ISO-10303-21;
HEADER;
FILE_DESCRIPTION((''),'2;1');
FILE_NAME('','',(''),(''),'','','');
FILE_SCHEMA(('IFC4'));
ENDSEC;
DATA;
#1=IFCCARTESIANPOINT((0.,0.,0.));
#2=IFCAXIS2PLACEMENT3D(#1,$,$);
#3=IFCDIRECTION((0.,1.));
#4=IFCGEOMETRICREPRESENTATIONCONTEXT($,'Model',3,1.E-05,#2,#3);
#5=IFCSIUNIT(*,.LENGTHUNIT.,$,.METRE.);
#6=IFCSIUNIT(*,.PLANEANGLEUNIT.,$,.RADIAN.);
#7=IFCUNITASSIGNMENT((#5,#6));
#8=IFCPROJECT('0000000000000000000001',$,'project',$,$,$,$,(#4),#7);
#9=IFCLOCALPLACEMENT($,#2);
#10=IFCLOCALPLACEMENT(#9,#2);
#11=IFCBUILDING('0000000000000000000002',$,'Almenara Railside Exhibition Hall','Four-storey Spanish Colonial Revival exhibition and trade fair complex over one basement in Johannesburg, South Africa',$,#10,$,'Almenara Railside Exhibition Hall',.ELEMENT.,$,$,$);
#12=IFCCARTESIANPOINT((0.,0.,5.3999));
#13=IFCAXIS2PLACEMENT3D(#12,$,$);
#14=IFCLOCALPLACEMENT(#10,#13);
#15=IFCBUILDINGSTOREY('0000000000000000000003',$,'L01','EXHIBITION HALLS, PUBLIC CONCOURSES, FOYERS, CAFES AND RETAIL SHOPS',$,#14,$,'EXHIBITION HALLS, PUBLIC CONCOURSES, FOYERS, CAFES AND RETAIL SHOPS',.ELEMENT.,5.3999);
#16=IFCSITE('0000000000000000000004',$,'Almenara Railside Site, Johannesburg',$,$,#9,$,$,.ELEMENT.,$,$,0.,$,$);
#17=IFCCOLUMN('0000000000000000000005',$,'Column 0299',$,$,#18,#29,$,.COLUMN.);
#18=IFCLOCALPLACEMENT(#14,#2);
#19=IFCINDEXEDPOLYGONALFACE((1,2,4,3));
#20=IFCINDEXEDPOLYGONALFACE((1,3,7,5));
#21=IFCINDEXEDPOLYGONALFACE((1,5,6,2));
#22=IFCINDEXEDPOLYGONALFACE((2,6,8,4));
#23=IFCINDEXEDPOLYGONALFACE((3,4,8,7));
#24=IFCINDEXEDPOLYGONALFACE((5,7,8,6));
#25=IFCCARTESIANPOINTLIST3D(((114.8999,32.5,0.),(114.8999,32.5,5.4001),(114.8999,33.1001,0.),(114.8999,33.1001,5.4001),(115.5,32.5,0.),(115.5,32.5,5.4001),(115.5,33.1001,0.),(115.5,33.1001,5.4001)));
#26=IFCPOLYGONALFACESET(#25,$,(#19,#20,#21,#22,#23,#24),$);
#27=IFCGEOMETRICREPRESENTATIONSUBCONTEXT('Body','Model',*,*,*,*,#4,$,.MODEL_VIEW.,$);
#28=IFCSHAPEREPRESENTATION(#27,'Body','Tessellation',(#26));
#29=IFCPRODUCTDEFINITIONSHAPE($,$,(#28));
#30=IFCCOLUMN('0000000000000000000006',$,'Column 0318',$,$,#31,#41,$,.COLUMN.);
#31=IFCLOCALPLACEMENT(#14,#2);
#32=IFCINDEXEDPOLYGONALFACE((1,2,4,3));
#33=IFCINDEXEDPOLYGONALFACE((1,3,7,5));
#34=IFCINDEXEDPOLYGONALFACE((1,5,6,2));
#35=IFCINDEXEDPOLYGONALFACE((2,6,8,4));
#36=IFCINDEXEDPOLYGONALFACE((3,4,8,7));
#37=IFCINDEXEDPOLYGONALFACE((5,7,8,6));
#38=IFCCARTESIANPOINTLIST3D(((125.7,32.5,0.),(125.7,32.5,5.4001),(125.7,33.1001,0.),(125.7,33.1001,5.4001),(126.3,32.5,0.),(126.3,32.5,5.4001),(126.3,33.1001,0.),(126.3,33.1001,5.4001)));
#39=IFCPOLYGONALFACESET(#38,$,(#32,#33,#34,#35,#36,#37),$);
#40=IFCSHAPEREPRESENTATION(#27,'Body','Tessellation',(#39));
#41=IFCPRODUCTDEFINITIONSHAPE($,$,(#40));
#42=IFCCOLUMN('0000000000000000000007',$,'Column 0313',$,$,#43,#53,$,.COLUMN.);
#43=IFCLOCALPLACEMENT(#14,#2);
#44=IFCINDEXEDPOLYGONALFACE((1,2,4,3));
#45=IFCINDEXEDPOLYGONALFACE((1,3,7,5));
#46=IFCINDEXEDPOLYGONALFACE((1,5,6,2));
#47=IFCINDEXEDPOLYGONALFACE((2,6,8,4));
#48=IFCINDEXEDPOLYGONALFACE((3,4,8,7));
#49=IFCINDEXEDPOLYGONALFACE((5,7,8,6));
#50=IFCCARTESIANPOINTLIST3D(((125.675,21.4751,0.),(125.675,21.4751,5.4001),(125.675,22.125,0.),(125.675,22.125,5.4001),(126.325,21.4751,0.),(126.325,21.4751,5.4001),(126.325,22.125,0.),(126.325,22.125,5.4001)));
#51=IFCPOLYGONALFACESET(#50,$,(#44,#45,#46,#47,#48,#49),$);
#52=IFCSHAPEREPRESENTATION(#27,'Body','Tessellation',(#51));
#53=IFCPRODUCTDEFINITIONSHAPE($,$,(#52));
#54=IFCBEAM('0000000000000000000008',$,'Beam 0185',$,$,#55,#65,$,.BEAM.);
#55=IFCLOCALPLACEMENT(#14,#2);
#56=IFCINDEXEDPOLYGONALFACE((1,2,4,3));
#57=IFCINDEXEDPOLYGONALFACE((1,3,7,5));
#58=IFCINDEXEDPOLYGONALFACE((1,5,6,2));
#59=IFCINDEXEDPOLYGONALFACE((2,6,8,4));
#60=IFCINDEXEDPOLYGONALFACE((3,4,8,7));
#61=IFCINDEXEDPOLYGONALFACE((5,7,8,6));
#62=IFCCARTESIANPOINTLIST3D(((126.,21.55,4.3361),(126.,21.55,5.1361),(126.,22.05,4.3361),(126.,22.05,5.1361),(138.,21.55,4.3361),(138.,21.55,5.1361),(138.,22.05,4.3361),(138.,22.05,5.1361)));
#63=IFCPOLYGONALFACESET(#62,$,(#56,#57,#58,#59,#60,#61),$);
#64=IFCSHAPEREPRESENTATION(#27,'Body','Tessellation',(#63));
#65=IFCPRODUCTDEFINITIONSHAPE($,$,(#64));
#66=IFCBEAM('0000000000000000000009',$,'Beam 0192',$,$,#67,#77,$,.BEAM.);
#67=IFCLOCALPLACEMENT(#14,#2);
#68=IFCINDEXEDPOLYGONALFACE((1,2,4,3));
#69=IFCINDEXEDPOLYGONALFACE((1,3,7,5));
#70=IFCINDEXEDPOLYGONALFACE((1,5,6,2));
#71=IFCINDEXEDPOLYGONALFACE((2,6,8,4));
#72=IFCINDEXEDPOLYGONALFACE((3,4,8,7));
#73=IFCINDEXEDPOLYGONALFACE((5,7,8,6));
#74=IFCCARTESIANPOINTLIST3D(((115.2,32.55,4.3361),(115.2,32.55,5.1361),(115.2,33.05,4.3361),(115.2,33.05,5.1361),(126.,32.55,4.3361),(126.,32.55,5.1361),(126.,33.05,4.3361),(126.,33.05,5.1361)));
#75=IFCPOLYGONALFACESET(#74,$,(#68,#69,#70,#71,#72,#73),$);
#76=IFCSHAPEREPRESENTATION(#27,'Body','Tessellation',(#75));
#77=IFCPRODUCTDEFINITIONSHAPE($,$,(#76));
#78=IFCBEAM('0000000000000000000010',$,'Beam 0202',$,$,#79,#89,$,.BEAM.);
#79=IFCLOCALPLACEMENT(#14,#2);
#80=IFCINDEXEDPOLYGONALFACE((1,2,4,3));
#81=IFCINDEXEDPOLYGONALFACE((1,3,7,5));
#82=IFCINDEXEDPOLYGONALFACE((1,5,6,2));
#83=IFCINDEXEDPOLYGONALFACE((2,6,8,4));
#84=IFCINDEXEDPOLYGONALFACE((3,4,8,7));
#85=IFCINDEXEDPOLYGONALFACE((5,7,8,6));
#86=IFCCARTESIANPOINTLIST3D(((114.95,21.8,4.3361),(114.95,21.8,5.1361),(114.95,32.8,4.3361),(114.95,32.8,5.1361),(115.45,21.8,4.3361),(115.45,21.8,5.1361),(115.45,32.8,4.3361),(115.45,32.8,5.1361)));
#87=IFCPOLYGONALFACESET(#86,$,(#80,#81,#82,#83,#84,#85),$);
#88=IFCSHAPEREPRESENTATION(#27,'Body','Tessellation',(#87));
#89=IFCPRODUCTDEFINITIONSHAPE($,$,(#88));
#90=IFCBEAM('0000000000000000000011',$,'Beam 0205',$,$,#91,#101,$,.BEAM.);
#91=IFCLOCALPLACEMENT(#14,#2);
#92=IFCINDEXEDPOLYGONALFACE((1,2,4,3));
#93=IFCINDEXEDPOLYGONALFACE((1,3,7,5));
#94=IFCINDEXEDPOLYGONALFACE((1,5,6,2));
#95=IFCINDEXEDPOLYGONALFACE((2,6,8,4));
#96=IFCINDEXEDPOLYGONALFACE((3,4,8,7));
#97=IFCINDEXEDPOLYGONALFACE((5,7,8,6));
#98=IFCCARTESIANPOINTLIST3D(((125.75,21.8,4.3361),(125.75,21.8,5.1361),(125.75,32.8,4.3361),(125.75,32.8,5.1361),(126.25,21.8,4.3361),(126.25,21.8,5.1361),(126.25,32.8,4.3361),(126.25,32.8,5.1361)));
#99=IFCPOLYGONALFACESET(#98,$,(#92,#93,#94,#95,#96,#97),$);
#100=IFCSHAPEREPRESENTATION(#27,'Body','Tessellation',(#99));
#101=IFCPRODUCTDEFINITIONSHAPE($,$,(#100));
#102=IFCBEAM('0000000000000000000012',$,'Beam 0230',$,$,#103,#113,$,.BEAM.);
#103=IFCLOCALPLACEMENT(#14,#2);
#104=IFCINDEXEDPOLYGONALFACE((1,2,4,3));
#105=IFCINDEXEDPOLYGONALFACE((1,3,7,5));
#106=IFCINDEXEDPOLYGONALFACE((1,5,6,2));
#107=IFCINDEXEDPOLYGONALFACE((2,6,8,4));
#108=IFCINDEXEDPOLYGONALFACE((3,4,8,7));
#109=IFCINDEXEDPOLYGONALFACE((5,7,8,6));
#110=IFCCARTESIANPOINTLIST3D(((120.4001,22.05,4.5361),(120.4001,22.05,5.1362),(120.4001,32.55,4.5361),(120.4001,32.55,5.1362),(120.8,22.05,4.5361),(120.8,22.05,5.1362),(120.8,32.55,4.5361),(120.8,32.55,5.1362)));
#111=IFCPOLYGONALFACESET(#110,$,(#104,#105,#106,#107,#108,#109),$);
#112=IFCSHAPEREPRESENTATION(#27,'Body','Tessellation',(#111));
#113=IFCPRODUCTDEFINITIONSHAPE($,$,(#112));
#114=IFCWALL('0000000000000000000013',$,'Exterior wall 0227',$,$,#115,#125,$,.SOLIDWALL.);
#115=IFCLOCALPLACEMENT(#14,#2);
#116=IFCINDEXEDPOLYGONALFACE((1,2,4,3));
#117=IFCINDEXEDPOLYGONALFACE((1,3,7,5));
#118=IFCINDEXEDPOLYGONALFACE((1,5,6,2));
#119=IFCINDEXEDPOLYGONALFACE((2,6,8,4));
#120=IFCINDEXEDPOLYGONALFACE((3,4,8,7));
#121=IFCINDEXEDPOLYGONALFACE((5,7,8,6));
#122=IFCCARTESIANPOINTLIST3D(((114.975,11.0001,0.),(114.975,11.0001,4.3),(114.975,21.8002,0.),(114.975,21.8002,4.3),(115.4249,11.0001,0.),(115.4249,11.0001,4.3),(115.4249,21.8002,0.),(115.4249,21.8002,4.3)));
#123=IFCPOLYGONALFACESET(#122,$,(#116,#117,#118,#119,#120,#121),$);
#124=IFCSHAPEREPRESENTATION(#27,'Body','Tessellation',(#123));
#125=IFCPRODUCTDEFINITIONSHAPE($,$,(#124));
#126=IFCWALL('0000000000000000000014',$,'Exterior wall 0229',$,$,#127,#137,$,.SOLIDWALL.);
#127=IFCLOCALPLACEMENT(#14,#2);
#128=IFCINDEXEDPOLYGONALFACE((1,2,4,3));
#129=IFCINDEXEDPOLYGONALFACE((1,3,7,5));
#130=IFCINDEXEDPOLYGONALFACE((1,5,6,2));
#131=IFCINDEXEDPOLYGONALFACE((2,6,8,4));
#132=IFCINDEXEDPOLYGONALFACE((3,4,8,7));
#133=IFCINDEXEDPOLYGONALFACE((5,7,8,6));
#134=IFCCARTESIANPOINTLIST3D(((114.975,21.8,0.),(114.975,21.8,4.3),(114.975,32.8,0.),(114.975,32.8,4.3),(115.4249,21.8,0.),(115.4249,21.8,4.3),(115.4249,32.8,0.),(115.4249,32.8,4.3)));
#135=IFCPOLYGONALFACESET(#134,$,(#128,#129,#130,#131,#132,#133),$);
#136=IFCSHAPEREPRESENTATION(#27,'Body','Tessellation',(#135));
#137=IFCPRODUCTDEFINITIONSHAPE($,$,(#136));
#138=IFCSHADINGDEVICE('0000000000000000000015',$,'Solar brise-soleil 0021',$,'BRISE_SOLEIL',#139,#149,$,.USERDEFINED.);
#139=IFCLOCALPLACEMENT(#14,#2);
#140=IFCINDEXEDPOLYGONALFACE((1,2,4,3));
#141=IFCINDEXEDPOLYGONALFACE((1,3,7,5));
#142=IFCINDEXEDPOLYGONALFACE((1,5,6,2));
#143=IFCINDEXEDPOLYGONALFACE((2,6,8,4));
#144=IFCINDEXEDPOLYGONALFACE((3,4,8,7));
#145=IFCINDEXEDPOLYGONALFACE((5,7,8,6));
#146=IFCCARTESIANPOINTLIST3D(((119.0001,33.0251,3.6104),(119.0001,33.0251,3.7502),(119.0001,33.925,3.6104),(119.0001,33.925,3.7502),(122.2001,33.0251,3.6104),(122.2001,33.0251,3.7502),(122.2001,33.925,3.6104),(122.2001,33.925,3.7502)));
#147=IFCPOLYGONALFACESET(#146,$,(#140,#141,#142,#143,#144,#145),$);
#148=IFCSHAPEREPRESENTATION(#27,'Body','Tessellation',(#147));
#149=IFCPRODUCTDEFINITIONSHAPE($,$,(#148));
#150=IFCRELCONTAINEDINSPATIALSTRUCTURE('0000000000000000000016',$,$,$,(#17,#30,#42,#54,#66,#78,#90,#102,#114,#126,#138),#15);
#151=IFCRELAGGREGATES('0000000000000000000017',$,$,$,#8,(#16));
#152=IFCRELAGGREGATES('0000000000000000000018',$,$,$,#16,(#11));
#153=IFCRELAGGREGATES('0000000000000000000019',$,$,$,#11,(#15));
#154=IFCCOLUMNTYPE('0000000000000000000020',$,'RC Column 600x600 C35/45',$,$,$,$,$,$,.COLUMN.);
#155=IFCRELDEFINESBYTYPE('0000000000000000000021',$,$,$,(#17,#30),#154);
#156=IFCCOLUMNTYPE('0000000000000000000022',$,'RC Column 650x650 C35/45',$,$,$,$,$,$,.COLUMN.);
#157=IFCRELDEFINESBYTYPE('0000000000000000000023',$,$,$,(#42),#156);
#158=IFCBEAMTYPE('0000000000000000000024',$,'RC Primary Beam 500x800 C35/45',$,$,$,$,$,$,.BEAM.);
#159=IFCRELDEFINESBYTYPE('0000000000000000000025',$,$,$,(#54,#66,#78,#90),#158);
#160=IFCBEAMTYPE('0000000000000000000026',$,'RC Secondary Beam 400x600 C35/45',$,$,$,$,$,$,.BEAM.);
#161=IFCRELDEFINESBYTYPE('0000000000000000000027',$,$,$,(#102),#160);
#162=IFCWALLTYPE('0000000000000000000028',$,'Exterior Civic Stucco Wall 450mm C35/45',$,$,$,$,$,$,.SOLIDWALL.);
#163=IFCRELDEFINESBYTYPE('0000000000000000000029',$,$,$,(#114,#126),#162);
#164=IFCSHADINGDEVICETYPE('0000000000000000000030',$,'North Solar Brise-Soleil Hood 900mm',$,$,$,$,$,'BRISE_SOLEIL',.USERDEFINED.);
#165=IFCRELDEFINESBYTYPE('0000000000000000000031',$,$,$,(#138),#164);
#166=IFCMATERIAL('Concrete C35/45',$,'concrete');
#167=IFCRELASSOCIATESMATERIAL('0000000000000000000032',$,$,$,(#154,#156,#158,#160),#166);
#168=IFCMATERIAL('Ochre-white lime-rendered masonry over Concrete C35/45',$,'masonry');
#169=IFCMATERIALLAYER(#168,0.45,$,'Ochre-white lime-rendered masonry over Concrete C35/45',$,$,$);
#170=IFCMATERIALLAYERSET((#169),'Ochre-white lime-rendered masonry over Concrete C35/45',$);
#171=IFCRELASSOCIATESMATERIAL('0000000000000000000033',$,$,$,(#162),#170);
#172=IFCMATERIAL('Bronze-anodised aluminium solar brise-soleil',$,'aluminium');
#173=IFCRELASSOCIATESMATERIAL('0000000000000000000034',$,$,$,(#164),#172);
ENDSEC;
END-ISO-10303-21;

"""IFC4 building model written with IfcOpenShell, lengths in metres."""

from ifc_helpers import new_model, si_unit, direction, frame, frame_2d, origin, origin_2d, place, context, subcontext, project, spatial, rectangle, extrude, material, layer, layer_set, material_profile, profile_set, type_object, element, save


model = new_model("IFC4")

# Units and contexts
model_context = context("Model", 3, precision=1e-05, world=origin(), true_north=direction((0.0, 1.0)))
body_context = subcontext(model_context, "Body", "Model", "MODEL_VIEW")
ifc_project = project(units=[si_unit("LENGTHUNIT", "METRE"), si_unit("PLANEANGLEUNIT", "RADIAN")], contexts=[model_context])

# Site, building, storey
site_placement = place(None, origin())
site = spatial("IfcSite", under=ifc_project, at=site_placement, Name="Almenara Railside Site, Johannesburg", CompositionType="ELEMENT", RefElevation=0.0)
building_placement = place(site_placement, origin())
building = spatial("IfcBuilding", under=site, at=building_placement, Name="Almenara Railside Exhibition Hall", Description="Four-storey Spanish Colonial Revival exhibition and trade fair complex over one basement in Johannesburg, South Africa", LongName="Almenara Railside Exhibition Hall", CompositionType="ELEMENT")
storey_placement = place(building_placement, frame((0.0, 0.0, 5.3999)))
storey = spatial("IfcBuildingStorey", under=building, at=storey_placement, Name="L01", Description="EXHIBITION HALLS, PUBLIC CONCOURSES, FOYERS, CAFES AND RETAIL SHOPS", LongName="EXHIBITION HALLS, PUBLIC CONCOURSES, FOYERS, CAFES AND RETAIL SHOPS", CompositionType="ELEMENT", Elevation=5.3999)

# Columns
ifc_material_1 = material(Name="Concrete C35/45", Category="concrete")
ifc_material_profile_1 = material_profile(ifc_material_1, rectangle(XDim=0.6001, YDim=0.6001, at=origin_2d()), Name="RC 600x600")
ifc_profile_set_1 = profile_set([ifc_material_profile_1], Name="Concrete C35/45")
column_type_1 = type_object("IfcColumnType", Name="RC Column 600x600 C35/45", PredefinedType="COLUMN", material=ifc_profile_set_1)
for number, where, z_axis, x_axis, name in (
    (1, (115.2, 32.8, 0.0), (0.0, 0.0, 1.0), (1.0, 0.0, 0.0), "Column 0299"),
    (2, (126.0, 32.8, 0.0), (0.0, 0.0, 1.0), (1.0, 0.0, 0.0), "Column 0318"),
):
    element("IfcColumn", number, at=place(storey_placement, frame(where, z_axis=z_axis, x_axis=x_axis)), inside=storey, type_object=column_type_1, Name=name, PredefinedType="COLUMN", context=body_context, shape_type="SweptSolid", body=[
        extrude(rectangle(XDim=0.6001, YDim=0.6001, at=origin_2d()), origin(), (0.0, 0.0, 1.0), 5.4001),
    ])
ifc_material_profile_2 = material_profile(ifc_material_1, rectangle(XDim=0.6499, YDim=0.6499, at=origin_2d()), Name="RC 650x650")
ifc_profile_set_2 = profile_set([ifc_material_profile_2], Name="Concrete C35/45")
column_type_2 = type_object("IfcColumnType", Name="RC Column 650x650 C35/45", PredefinedType="COLUMN", material=ifc_profile_set_2)
column_placement = place(storey_placement, frame((126.0, 21.8, 0.0), z_axis=(0.0, 0.0, 1.0), x_axis=(1.0, 0.0, 0.0)))
element("IfcColumn", 3, at=column_placement, inside=storey, type_object=column_type_2, Name="Column 0313", PredefinedType="COLUMN", context=body_context, shape_type="SweptSolid", body=[
    extrude(rectangle(XDim=0.6499, YDim=0.6499, at=origin_2d()), origin(), (0.0, 0.0, 1.0), 5.4001),
])

# Beams
ifc_material_profile_3 = material_profile(ifc_material_1, rectangle(XDim=0.5, YDim=0.8, at=origin_2d()), Name="RC 500x800")
ifc_profile_set_3 = profile_set([ifc_material_profile_3], Name="Concrete C35/45")
beam_type_1 = type_object("IfcBeamType", Name="RC Primary Beam 500x800 C35/45", PredefinedType="BEAM", material=ifc_profile_set_3)
beam_1_placement = place(storey_placement, frame((126.0, 21.8, 4.7361), z_axis=(1.0, 0.0, 0.0), x_axis=(0.0, 1.0, 0.0)))
element("IfcBeam", 4, at=beam_1_placement, inside=storey, type_object=beam_type_1, Name="Beam 0185", PredefinedType="BEAM", context=body_context, shape_type="SweptSolid", body=[
    extrude(rectangle(XDim=0.5, YDim=0.8, at=origin_2d()), origin(), (0.0, 0.0, 1.0), 12.0),
])
beam_2_placement = place(storey_placement, frame((115.2, 32.8, 4.7361), z_axis=(1.0, 0.0, 0.0), x_axis=(0.0, 1.0, 0.0)))
element("IfcBeam", 5, at=beam_2_placement, inside=storey, type_object=beam_type_1, Name="Beam 0192", PredefinedType="BEAM", context=body_context, shape_type="SweptSolid", body=[
    extrude(rectangle(XDim=0.5, YDim=0.8, at=origin_2d()), origin(), (0.0, 0.0, 1.0), 10.8),
])
for number, where, z_axis, x_axis, name in (
    (6, (115.2, 21.8, 4.7361), (0.0, 1.0, 0.0), (-1.0, 0.0, 0.0), "Beam 0202"),
    (7, (126.0, 21.8, 4.7361), (0.0, 1.0, 0.0), (-1.0, 0.0, 0.0), "Beam 0205"),
):
    element("IfcBeam", number, at=place(storey_placement, frame(where, z_axis=z_axis, x_axis=x_axis)), inside=storey, type_object=beam_type_1, Name=name, PredefinedType="BEAM", context=body_context, shape_type="SweptSolid", body=[
        extrude(rectangle(XDim=0.5, YDim=0.8, at=origin_2d()), origin(), (0.0, 0.0, 1.0), 11.0),
    ])
ifc_material_profile_4 = material_profile(ifc_material_1, rectangle(XDim=0.3999, YDim=0.6001, at=origin_2d()), Name="RC 400x600")
ifc_profile_set_4 = profile_set([ifc_material_profile_4], Name="Concrete C35/45")
beam_type_2 = type_object("IfcBeamType", Name="RC Secondary Beam 400x600 C35/45", PredefinedType="BEAM", material=ifc_profile_set_4)
beam_3_placement = place(storey_placement, frame((120.6001, 22.05, 4.8362), z_axis=(0.0, 1.0, 0.0), x_axis=(-1.0, 0.0, 0.0)))
element("IfcBeam", 8, at=beam_3_placement, inside=storey, type_object=beam_type_2, Name="Beam 0230", PredefinedType="BEAM", context=body_context, shape_type="SweptSolid", body=[
    extrude(rectangle(XDim=0.3999, YDim=0.6001, at=origin_2d()), origin(), (0.0, 0.0, 1.0), 10.5),
])

# Walls
ifc_material_2 = material(Name="Ochre-white lime-rendered masonry over Concrete C35/45", Category="masonry")
ifc_layer = layer(ifc_material_2, 0.45, Name="Ochre-white lime-rendered masonry over Concrete C35/45")
ifc_layer_set = layer_set([ifc_layer], Name="Ochre-white lime-rendered masonry over Concrete C35/45")
wall_type = type_object("IfcWallType", Name="Exterior Civic Stucco Wall 450mm C35/45", PredefinedType="SOLIDWALL", material=ifc_layer_set)
wall_1_placement = place(storey_placement, frame((115.2, 21.8, 0.0), z_axis=(0.0, 0.0, 1.0), x_axis=(0.0, -1.0, 0.0)))
element("IfcWall", 9, at=wall_1_placement, inside=storey, type_object=wall_type, Name="Exterior wall 0227", PredefinedType="SOLIDWALL", context=body_context, shape_type="SweptSolid", body=[
    extrude(rectangle(XDim=10.8, YDim=0.45, at=frame_2d((5.3999, 0.0))), origin(), (0.0, 0.0, 1.0), 4.3),
])
wall_2_placement = place(storey_placement, frame((115.2, 32.8, 0.0), z_axis=(0.0, 0.0, 1.0), x_axis=(0.0, -1.0, 0.0)))
element("IfcWall", 10, at=wall_2_placement, inside=storey, type_object=wall_type, Name="Exterior wall 0229", PredefinedType="SOLIDWALL", context=body_context, shape_type="SweptSolid", body=[
    extrude(rectangle(XDim=11.0, YDim=0.45, at=frame_2d((5.5, 0.0))), origin(), (0.0, 0.0, 1.0), 4.3),
])

# Shading device
ifc_material_3 = material(Name="Bronze-anodised aluminium solar brise-soleil", Category="aluminium")
shading_device_type = type_object("IfcShadingDeviceType", Name="North Solar Brise-Soleil Hood 900mm", ElementType="BRISE_SOLEIL", PredefinedType="USERDEFINED", material=ifc_material_3)
shading_device_placement = place(storey_placement, frame((120.6001, 33.4751, 3.6104), z_axis=(0.0, 0.0, 1.0), x_axis=(-1.0, 0.0, 0.0)))
element("IfcShadingDevice", 11, at=shading_device_placement, inside=storey, type_object=shading_device_type, Name="Solar brise-soleil 0021", ObjectType="BRISE_SOLEIL", PredefinedType="USERDEFINED", context=body_context, shape_type="SweptSolid", body=[
    extrude(rectangle(XDim=3.2, YDim=0.8999, at=origin_2d()), origin(), (0.0, 0.0, 1.0), 0.1399),
])

save(model, "model.ifc")
